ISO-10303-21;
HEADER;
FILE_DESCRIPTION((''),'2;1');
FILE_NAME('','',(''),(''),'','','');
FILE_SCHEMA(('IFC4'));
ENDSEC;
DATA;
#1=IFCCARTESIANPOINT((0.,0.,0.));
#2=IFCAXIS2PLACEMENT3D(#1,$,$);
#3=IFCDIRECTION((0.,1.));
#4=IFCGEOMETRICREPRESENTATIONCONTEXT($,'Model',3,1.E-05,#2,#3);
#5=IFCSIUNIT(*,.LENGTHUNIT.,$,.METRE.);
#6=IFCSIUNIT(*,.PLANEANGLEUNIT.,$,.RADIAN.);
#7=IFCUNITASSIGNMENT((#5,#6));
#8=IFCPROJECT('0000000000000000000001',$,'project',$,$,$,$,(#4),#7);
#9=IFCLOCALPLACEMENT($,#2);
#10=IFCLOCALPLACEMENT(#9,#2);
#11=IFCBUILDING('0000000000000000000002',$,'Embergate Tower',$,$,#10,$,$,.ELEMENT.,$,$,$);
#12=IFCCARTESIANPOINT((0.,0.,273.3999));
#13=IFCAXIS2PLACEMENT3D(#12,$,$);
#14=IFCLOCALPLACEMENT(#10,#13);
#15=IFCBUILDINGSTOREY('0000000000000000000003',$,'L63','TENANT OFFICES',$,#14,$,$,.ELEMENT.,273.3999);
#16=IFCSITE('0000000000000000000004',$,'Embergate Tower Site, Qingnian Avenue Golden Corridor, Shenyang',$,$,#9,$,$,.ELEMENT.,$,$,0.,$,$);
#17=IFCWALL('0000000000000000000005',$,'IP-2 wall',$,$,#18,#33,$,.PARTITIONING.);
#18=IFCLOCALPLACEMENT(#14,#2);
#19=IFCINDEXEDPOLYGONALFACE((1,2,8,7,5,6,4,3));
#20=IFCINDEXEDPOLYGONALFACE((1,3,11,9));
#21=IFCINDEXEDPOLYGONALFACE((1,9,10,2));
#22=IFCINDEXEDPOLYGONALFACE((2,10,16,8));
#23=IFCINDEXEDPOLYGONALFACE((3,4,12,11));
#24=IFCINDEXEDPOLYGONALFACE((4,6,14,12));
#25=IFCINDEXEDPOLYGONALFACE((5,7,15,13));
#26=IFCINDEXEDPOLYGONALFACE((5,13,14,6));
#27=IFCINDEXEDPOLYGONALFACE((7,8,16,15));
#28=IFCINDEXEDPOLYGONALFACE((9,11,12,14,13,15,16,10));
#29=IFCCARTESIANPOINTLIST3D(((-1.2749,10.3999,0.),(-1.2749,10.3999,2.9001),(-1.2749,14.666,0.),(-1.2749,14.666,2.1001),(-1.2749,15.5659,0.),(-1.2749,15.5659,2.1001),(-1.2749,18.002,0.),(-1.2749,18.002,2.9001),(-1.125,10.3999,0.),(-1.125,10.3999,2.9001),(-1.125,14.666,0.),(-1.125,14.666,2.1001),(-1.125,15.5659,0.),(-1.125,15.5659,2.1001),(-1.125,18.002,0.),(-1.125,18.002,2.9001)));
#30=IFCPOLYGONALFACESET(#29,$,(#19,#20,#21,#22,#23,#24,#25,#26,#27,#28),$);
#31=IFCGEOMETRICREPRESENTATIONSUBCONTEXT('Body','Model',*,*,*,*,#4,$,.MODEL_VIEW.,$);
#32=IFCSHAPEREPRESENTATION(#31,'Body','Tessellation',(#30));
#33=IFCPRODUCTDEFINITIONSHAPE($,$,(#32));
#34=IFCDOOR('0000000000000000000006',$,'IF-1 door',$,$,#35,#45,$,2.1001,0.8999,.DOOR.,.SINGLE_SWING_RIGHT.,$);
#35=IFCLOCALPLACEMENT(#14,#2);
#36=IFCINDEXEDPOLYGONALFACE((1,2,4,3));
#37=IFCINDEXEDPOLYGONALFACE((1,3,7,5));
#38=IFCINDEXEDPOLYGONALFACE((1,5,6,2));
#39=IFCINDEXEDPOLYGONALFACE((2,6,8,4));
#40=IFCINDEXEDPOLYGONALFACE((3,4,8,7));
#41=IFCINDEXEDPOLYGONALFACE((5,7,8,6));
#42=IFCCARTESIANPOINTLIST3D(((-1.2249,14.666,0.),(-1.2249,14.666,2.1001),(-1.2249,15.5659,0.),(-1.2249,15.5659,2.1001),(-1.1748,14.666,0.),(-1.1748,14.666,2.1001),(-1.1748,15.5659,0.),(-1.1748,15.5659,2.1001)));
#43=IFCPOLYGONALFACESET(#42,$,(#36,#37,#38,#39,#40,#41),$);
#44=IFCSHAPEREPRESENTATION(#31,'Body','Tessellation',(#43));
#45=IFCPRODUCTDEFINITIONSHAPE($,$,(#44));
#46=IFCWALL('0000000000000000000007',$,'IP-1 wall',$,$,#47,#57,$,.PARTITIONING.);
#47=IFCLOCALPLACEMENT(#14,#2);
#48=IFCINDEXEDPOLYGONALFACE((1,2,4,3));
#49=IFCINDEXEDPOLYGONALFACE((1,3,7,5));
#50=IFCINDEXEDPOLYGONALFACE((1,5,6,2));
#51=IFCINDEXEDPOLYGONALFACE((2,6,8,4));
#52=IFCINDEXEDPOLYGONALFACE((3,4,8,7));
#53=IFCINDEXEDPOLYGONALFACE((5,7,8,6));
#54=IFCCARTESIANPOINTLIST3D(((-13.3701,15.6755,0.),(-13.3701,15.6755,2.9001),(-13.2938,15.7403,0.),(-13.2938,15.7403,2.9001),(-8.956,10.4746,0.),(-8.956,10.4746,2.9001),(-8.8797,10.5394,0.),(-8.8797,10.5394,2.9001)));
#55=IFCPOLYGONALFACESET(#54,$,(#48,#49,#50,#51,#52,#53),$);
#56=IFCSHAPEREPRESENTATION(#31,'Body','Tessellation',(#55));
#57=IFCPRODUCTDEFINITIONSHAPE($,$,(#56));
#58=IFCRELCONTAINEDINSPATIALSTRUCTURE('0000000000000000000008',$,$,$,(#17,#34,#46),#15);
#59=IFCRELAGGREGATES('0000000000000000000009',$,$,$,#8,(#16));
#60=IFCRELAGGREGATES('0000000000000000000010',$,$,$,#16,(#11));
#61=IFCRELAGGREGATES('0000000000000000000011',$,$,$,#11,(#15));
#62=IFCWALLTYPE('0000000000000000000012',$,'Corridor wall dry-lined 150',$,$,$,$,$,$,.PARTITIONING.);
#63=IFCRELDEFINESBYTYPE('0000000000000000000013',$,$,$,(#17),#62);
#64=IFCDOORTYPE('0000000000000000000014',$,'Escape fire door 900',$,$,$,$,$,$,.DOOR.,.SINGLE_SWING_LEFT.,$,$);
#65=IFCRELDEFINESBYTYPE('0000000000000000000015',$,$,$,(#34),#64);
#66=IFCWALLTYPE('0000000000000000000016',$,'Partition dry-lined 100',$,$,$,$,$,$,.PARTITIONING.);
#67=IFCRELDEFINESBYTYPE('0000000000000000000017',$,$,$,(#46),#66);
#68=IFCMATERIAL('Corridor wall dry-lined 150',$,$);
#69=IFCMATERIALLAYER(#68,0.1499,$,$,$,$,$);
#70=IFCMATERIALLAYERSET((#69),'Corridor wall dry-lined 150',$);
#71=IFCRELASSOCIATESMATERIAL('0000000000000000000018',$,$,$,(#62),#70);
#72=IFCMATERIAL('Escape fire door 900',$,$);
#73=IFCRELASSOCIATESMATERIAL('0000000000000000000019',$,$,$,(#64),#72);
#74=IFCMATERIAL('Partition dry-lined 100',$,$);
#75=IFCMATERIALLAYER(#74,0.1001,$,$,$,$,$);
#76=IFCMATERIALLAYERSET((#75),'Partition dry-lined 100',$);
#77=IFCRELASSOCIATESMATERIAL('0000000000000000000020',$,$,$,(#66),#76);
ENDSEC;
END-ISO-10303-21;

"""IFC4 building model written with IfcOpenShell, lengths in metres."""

from ifc_helpers import new_model, si_unit, direction, frame, frame_2d, origin, place, context, subcontext, project, spatial, rectangle, extrude, source, transform, mapped, material, layer, layer_set, type_object, element, fill, save


model = new_model("IFC4")

# Units and contexts
model_context = context("Model", 3, precision=1e-05, world=origin(), true_north=direction((0.0, 1.0)))
body_context = subcontext(model_context, "Body", "Model", "MODEL_VIEW")
ifc_project = project(units=[si_unit("LENGTHUNIT", "METRE"), si_unit("PLANEANGLEUNIT", "RADIAN")], contexts=[model_context])

# Site, building, storey
site_placement = place(None, origin())
site = spatial("IfcSite", under=ifc_project, at=site_placement, Name="Embergate Tower Site, Qingnian Avenue Golden Corridor, Shenyang", CompositionType="ELEMENT", RefElevation=0.0)
building_placement = place(site_placement, origin())
building = spatial("IfcBuilding", under=site, at=building_placement, Name="Embergate Tower", CompositionType="ELEMENT")
storey_placement = place(building_placement, frame((0.0, 0.0, 273.3999)))
storey = spatial("IfcBuildingStorey", under=building, at=storey_placement, Name="L63", Description="TENANT OFFICES", CompositionType="ELEMENT", Elevation=273.3999)

# Shared definitions
ifc_material_1 = material(Name="Corridor wall dry-lined 150")
ifc_layer_1 = layer(ifc_material_1, 0.1499)
ifc_layer_set_1 = layer_set([ifc_layer_1], Name="Corridor wall dry-lined 150")
wall_type_1 = type_object("IfcWallType", Name="Corridor wall dry-lined 150", PredefinedType="PARTITIONING", material=ifc_layer_set_1)

# Shared definitions
shared_shape_1 = source(origin(), body_context, "Body", "SweptSolid", [
    extrude(rectangle(XDim=0.8999, YDim=2.1001, at=frame_2d((0.45, 1.05))), frame((0.0, 0.085, 0.0), z_axis=(0.0, -1.0, 0.0), x_axis=(1.0, 0.0, 0.0)), (0.0, 0.0, 1.0), 0.1699),
])
ifc_material_2 = material(Name="Escape fire door 900")
door_type_1 = type_object("IfcDoorType", Name="Escape fire door 900", OperationType="SINGLE_SWING_LEFT", PredefinedType="DOOR", material=ifc_material_2)
shared_shape_2 = source(origin(), body_context, "Body", "SweptSolid", [
    extrude(rectangle(XDim=0.8999, YDim=2.1001, at=frame_2d((0.45, 1.05))), frame((0.0, 0.0249, 0.0), z_axis=(0.0, -1.0, 0.0), x_axis=(1.0, 0.0, 0.0)), (0.0, 0.0, 1.0), 0.05),
])

# Shared definitions
ifc_material_3 = material(Name="Partition dry-lined 100")
ifc_layer_2 = layer(ifc_material_3, 0.1001)
ifc_layer_set_2 = layer_set([ifc_layer_2], Name="Partition dry-lined 100")
wall_type_2 = type_object("IfcWallType", Name="Partition dry-lined 100", PredefinedType="PARTITIONING", material=ifc_layer_set_2)

# Wall, opening, door
shared_shape_3 = source(origin(), body_context, "Body", "SweptSolid", [
    extrude(rectangle(XDim=7.6021, YDim=0.1499, at=frame_2d((3.801, 0.0))), origin(), (0.0, 0.0, 1.0), 2.9001),
])
wall_1_placement = place(storey_placement, frame((-1.2, 10.3999, 0.0), z_axis=(0.0, 0.0, 1.0), x_axis=(0.0, 1.0, 0.0)))
wall_1 = element("IfcWall", 1, at=wall_1_placement, inside=storey, type_object=wall_type_1, Name="IP-2 wall", PredefinedType="PARTITIONING", context=body_context, shape_type="MappedRepresentation", body=[
    mapped(shared_shape_3, transform((0.0, 0.0, 0.0))),
])
opening_1_placement = place(wall_1_placement, frame((4.2661, 0.0, 0.0)))
opening_1 = element("IfcOpeningElement", 2, at=opening_1_placement, cuts=wall_1, PredefinedType="OPENING", context=body_context, shape_type="MappedRepresentation", body=[
    mapped(shared_shape_1, transform((0.0, 0.0, 0.0))),
])
door_1_placement = place(opening_1_placement, origin())
door_1 = element("IfcDoor", 3, at=door_1_placement, inside=storey, type_object=door_type_1, Name="IF-1 door", OperationType="SINGLE_SWING_RIGHT", OverallHeight=2.1001, OverallWidth=0.8999, PredefinedType="DOOR", context=body_context, shape_type="MappedRepresentation", body=[
    mapped(shared_shape_2, transform((0.0, 0.0, 0.0))),
])
fill(opening_1, door_1)

# Wall
shared_shape_4 = source(origin(), body_context, "Body", "SweptSolid", [
    extrude(rectangle(XDim=6.8215, YDim=0.1001, at=frame_2d((3.4106, 0.0))), origin(), (0.0, 0.0, 1.0), 2.9001),
])
wall_2_placement = place(storey_placement, frame((-8.918, 10.5071, 0.0), z_axis=(0.0, 0.0, 1.0), x_axis=(-0.647076, 0.762426, 0.0)))
element("IfcWall", 4, at=wall_2_placement, inside=storey, type_object=wall_type_2, Name="IP-1 wall", PredefinedType="PARTITIONING", context=body_context, shape_type="MappedRepresentation", body=[
    mapped(shared_shape_4, transform((0.0, 0.0, 0.0))),
])

save(model, "model.ifc")
